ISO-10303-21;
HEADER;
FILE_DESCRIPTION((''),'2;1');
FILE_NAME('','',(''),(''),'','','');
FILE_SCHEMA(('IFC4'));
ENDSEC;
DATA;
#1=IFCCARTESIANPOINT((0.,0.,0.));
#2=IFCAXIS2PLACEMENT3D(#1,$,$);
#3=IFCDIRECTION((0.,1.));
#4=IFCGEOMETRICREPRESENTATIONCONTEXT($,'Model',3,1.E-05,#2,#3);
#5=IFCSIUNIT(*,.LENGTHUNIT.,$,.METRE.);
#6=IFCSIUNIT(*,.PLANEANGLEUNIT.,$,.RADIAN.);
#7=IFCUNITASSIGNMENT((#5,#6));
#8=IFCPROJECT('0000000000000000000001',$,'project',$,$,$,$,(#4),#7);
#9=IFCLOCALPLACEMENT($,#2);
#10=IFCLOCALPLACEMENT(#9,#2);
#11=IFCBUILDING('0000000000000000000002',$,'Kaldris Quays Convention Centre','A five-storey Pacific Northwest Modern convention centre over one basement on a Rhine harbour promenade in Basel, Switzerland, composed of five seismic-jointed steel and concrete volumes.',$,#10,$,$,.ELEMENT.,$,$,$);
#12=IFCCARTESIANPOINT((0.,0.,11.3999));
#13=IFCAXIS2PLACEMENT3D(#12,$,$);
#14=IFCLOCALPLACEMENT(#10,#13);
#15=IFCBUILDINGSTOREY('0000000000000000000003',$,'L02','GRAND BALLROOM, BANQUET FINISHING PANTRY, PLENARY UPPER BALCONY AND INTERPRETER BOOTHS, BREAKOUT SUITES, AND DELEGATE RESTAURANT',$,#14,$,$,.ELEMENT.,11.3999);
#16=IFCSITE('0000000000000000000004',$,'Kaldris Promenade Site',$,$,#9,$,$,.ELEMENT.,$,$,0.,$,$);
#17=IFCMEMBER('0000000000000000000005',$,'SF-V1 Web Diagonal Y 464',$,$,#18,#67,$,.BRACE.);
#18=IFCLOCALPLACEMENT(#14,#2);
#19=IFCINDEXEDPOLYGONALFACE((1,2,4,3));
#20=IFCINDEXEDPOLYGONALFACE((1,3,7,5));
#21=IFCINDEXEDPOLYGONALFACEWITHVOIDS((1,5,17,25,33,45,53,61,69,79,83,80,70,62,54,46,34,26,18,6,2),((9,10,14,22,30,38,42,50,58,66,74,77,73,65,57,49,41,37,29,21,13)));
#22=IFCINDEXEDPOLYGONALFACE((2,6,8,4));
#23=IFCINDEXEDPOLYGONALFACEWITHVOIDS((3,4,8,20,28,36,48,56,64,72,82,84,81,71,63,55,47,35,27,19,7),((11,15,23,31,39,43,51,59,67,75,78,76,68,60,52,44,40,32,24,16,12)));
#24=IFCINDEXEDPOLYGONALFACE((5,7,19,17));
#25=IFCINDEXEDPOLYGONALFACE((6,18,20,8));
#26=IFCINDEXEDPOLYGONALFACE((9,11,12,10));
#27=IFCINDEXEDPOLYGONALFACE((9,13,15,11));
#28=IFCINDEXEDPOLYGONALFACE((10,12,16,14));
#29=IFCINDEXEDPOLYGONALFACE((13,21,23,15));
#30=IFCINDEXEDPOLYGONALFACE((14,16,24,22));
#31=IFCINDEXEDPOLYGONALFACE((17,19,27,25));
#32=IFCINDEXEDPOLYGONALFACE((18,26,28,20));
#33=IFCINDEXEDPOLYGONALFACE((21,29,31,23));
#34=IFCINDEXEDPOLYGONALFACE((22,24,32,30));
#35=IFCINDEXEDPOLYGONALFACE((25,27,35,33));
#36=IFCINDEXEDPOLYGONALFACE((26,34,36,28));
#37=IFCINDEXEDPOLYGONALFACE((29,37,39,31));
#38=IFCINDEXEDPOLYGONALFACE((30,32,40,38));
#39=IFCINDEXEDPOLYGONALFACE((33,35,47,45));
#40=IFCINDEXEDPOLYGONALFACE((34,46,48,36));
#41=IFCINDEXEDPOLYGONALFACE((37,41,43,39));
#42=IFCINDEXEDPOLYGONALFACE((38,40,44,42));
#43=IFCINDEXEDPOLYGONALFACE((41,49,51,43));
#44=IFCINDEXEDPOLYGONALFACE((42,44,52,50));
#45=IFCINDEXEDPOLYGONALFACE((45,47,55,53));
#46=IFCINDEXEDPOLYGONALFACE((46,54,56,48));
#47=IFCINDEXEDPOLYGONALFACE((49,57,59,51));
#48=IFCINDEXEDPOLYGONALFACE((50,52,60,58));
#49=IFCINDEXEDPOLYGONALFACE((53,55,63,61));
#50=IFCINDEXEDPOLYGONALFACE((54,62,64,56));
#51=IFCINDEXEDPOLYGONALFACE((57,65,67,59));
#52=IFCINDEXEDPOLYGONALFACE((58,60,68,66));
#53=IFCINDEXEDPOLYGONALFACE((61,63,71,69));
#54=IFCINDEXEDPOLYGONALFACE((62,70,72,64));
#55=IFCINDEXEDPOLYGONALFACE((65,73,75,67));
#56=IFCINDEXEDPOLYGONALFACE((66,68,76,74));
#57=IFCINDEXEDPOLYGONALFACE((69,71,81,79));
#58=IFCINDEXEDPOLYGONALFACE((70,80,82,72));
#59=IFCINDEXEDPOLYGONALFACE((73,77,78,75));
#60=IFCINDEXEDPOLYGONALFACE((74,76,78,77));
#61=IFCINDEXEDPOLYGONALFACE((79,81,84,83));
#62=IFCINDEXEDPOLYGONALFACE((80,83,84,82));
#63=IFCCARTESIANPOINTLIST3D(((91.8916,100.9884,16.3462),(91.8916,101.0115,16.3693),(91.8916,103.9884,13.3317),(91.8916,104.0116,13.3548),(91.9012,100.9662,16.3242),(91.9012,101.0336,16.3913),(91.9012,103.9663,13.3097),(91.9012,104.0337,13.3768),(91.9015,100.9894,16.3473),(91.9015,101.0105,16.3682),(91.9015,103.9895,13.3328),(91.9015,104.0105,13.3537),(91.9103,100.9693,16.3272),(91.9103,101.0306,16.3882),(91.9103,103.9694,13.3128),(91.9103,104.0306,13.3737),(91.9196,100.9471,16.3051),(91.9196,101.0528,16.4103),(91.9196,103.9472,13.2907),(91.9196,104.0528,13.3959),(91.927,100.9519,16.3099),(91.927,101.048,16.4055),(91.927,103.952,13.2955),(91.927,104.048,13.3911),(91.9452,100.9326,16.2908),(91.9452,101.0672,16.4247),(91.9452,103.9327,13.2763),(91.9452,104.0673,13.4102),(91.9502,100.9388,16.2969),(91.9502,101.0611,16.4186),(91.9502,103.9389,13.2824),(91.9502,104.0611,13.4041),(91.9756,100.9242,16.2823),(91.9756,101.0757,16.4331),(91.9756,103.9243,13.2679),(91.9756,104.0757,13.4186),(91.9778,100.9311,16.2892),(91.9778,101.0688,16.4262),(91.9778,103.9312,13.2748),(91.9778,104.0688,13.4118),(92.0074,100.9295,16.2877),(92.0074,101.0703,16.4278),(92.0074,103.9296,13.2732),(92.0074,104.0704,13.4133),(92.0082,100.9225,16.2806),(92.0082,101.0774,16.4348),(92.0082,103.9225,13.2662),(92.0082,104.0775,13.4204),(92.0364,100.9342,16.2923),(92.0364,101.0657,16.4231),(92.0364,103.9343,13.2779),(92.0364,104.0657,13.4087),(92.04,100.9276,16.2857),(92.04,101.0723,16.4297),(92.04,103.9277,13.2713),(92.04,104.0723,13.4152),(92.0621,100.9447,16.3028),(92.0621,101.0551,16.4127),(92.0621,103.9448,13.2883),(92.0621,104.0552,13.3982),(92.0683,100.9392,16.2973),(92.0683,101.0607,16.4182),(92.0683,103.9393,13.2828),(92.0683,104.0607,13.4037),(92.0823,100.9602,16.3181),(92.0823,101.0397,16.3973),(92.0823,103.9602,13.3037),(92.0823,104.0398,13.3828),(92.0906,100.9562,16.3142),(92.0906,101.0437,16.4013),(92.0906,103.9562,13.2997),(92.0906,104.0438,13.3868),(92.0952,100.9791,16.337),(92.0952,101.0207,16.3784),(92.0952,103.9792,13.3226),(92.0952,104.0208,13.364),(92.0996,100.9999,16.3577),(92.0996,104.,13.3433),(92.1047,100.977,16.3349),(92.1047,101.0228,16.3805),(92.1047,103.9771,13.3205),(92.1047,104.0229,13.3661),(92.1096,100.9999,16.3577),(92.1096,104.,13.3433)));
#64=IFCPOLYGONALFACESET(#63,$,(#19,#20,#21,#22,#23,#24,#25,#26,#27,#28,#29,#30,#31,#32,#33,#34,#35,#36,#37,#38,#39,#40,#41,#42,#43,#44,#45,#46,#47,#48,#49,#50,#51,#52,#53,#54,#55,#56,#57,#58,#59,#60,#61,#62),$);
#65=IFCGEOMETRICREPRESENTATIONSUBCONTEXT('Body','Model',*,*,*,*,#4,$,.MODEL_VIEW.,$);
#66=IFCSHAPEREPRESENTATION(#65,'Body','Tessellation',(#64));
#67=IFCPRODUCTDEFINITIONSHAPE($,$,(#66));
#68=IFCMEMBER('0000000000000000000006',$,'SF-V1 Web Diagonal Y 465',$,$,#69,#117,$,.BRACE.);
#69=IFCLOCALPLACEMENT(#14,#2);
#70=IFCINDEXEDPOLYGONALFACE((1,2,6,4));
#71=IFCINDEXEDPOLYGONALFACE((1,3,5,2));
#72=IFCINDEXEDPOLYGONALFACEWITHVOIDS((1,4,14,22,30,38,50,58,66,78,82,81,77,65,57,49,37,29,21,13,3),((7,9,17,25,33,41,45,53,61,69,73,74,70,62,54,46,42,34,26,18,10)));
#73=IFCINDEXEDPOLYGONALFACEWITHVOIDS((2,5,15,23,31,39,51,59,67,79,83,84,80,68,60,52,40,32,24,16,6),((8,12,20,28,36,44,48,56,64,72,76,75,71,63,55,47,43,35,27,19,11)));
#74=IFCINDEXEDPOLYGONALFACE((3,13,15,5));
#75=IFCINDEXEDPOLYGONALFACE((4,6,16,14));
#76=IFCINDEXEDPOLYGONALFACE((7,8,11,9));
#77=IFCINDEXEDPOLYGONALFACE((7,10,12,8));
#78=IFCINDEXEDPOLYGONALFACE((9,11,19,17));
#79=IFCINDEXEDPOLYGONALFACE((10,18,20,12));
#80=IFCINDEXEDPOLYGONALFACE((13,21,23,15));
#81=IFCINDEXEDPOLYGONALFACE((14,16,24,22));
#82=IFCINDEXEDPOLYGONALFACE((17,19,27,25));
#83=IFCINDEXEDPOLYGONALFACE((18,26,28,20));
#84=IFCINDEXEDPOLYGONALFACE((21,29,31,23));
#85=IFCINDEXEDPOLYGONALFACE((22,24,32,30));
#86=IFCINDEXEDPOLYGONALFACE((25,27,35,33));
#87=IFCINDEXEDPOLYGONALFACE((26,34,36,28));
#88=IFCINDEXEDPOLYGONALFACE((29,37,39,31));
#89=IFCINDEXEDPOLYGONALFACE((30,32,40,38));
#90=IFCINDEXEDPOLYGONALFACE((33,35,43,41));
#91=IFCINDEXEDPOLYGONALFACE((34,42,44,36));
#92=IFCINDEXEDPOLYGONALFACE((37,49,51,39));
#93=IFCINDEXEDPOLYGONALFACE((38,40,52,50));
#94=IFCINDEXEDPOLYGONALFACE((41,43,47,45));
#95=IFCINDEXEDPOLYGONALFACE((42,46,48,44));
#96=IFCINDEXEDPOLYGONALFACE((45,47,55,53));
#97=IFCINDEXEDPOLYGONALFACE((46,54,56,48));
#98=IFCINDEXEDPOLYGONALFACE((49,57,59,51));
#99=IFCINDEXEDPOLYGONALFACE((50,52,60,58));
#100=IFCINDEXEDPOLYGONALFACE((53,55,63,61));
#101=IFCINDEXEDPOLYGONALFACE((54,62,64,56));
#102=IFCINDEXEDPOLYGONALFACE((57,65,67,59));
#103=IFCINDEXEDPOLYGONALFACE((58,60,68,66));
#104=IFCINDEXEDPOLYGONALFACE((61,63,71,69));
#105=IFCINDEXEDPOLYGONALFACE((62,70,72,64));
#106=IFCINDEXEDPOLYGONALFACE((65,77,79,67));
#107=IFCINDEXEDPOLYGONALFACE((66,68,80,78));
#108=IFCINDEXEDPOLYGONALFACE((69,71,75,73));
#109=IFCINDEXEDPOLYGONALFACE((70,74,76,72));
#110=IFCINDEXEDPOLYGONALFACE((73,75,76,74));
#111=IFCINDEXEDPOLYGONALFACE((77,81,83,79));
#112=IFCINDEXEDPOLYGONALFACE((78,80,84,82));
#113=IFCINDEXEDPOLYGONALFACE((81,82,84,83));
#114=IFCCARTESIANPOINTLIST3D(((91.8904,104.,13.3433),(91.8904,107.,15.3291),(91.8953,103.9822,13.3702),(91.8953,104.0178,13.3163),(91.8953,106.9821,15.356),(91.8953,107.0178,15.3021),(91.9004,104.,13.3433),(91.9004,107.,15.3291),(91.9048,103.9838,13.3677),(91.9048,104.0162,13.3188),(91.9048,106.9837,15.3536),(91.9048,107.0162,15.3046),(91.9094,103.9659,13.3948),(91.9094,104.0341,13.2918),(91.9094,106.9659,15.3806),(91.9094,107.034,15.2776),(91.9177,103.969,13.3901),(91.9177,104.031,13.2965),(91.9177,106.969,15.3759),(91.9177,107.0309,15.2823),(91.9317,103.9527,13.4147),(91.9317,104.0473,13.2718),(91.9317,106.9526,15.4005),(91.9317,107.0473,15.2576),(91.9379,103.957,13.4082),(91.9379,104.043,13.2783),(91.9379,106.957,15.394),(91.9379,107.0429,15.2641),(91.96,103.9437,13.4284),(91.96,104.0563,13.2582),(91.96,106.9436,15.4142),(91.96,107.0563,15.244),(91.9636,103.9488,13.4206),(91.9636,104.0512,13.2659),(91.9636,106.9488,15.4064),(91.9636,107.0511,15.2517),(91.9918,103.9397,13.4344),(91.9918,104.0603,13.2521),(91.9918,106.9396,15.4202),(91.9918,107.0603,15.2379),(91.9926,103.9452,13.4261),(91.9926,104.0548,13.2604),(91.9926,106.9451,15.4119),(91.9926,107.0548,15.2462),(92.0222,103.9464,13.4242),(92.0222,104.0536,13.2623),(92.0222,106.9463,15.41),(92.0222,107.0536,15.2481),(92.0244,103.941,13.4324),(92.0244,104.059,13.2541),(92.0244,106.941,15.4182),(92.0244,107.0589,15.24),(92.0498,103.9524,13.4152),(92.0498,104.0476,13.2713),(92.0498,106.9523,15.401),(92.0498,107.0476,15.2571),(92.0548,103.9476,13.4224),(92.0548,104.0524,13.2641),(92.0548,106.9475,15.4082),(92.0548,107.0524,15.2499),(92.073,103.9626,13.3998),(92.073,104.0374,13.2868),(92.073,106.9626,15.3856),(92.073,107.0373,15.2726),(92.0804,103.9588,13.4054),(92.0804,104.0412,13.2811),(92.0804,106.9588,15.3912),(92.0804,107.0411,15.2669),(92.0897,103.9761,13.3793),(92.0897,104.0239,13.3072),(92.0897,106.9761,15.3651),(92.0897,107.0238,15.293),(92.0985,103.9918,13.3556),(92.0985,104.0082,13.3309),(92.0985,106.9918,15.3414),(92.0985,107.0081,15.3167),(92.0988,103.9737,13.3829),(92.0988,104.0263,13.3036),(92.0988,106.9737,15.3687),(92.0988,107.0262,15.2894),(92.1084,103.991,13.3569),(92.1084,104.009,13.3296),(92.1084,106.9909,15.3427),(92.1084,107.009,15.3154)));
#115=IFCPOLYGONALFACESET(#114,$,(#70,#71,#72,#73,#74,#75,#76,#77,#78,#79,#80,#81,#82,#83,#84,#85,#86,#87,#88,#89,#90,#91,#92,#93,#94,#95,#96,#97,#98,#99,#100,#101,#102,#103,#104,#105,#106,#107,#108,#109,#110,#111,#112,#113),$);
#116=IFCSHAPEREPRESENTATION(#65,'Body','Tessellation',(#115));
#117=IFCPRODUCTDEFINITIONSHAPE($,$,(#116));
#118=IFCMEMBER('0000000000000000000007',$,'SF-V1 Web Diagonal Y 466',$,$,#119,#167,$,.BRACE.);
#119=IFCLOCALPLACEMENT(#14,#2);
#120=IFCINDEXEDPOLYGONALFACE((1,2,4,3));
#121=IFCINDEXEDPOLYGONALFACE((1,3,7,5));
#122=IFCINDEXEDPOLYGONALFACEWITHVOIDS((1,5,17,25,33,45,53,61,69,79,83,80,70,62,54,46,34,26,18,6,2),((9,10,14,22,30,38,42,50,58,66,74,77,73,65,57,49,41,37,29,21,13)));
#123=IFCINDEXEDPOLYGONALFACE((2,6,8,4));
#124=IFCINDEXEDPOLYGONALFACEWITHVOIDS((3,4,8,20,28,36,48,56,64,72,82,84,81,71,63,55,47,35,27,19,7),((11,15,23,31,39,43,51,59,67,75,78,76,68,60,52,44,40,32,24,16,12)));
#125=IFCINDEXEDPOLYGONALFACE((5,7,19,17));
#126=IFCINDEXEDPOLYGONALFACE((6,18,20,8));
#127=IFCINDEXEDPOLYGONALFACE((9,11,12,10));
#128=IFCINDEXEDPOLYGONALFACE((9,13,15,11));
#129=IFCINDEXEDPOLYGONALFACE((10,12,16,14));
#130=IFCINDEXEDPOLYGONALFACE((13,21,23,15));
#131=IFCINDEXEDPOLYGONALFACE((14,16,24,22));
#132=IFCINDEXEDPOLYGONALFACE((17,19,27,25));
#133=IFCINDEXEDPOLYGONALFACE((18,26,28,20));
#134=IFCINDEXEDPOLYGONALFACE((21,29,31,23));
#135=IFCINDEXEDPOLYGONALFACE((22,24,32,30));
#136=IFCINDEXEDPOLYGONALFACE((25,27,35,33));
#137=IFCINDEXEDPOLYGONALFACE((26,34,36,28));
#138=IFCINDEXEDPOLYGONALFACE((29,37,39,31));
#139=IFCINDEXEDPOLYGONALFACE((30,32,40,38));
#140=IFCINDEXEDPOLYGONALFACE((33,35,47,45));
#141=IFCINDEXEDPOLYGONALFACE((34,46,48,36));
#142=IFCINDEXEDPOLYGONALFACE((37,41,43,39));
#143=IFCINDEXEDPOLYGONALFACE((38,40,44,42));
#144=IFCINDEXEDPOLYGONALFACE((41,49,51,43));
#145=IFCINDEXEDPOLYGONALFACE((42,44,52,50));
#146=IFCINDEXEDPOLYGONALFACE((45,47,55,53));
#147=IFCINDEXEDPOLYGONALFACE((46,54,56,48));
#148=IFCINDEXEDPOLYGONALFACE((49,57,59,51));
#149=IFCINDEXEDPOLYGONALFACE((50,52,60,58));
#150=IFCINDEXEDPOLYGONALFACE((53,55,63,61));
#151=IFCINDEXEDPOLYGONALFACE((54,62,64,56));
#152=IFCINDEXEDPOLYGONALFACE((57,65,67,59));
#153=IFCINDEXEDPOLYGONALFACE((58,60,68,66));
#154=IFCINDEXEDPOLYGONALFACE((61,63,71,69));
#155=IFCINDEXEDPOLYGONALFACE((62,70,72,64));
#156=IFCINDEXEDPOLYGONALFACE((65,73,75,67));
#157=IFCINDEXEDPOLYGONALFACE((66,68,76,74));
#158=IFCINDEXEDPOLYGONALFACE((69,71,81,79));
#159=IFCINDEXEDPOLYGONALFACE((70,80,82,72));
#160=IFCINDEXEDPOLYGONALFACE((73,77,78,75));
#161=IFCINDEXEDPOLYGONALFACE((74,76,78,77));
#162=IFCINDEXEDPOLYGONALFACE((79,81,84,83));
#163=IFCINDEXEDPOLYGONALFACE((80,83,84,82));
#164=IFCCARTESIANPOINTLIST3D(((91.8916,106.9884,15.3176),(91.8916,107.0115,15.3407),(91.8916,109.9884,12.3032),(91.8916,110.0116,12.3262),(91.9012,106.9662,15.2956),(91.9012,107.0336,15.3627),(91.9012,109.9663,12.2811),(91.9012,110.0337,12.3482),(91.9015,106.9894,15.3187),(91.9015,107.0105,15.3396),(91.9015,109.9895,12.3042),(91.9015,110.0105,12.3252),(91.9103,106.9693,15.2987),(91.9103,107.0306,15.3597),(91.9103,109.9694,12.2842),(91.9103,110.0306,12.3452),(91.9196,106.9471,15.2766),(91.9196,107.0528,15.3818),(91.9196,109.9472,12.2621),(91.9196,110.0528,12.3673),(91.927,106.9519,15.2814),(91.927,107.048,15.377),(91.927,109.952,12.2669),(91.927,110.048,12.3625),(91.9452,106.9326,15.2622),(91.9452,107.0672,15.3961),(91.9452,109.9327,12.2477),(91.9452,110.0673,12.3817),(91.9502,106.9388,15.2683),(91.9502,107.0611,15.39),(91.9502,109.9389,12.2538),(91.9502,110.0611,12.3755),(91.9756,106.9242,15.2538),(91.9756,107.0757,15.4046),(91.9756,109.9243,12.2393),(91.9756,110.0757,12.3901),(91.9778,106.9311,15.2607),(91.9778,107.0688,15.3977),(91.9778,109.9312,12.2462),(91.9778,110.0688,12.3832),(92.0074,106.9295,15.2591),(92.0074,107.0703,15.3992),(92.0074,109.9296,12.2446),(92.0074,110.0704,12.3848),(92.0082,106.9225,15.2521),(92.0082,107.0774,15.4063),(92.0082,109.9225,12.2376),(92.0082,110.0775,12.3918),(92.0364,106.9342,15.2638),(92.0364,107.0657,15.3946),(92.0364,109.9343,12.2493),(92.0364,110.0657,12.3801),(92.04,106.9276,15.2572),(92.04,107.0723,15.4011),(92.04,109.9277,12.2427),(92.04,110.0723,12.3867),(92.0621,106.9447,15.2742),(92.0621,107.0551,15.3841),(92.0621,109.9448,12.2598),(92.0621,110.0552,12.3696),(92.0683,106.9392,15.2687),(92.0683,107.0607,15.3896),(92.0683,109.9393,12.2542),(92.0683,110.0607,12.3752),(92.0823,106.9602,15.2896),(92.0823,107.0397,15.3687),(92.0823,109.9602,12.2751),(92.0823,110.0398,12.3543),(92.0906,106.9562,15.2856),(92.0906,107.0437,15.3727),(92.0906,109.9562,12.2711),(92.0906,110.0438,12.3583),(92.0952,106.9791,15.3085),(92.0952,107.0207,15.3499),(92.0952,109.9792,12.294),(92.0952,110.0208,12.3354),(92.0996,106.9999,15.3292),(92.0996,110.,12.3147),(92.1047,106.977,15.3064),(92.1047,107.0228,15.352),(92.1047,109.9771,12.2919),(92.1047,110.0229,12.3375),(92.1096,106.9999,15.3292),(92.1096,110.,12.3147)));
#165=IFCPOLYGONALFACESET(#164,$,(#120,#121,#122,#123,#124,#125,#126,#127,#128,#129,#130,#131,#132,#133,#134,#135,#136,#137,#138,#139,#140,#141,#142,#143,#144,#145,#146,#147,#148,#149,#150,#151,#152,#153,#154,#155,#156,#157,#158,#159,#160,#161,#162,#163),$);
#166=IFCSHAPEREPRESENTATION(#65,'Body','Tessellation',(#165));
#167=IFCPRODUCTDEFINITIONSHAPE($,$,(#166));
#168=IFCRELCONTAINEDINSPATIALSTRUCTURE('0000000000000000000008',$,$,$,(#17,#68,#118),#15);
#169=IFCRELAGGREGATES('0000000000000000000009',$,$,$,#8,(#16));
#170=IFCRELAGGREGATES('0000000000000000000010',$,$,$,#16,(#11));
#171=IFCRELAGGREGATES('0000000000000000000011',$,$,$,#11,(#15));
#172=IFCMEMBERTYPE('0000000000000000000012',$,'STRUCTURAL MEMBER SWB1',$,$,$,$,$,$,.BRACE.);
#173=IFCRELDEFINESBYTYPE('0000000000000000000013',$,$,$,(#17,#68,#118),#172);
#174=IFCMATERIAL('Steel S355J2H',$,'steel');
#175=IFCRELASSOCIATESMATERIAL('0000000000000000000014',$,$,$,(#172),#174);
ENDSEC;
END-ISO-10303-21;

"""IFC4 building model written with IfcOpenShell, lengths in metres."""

from ifc_helpers import new_model, si_unit, direction, frame, origin, origin_2d, place, context, subcontext, project, spatial, hollow_circle, extrude, material, material_profile, profile_set, type_object, element, save


model = new_model("IFC4")

# Units and contexts
model_context = context("Model", 3, precision=1e-05, world=origin(), true_north=direction((0.0, 1.0)))
body_context = subcontext(model_context, "Body", "Model", "MODEL_VIEW")
ifc_project = project(units=[si_unit("LENGTHUNIT", "METRE"), si_unit("PLANEANGLEUNIT", "RADIAN")], contexts=[model_context])

# Site, building, storey
site_placement = place(None, origin())
site = spatial("IfcSite", under=ifc_project, at=site_placement, Name="Kaldris Promenade Site", CompositionType="ELEMENT", RefElevation=0.0)
building_placement = place(site_placement, origin())
building = spatial("IfcBuilding", under=site, at=building_placement, Name="Kaldris Quays Convention Centre", Description="A five-storey Pacific Northwest Modern convention centre over one basement on a Rhine harbour promenade in Basel, Switzerland, composed of five seismic-jointed steel and concrete volumes.", CompositionType="ELEMENT")
storey_placement = place(building_placement, frame((0.0, 0.0, 11.3999)))
storey = spatial("IfcBuildingStorey", under=building, at=storey_placement, Name="L02", Description="GRAND BALLROOM, BANQUET FINISHING PANTRY, PLENARY UPPER BALCONY AND INTERPRETER BOOTHS, BREAKOUT SUITES, AND DELEGATE RESTAURANT", CompositionType="ELEMENT", Elevation=11.3999)

# Members
ifc_material = material(Name="Steel S355J2H", Category="steel")
ifc_material_profile_1 = material_profile(ifc_material, hollow_circle(Radius=0.1096, WallThickness=0.01, at=origin_2d()), Name="CHS 219.1x10")
ifc_profile_set_1 = profile_set([ifc_material_profile_1], Name="Steel S355J2H")
member_type_1 = type_object("IfcMemberType", Name="STRUCTURAL MEMBER SWB1", PredefinedType="BRACE", material=ifc_profile_set_1)
member_1_placement = place(storey_placement, frame((92.0, 104.0, 13.3433), z_axis=(0.0, -0.705411, 0.708798), x_axis=(1.0, 0.0, 0.0)))
element("IfcMember", 1, at=member_1_placement, inside=storey, type_object=member_type_1, Name="SF-V1 Web Diagonal Y 464", PredefinedType="BRACE", context=body_context, shape_type="SweptSolid", body=[
    extrude(hollow_circle(Radius=0.1096, WallThickness=0.01, at=origin_2d()), origin(), (0.0, 0.0, 1.0), 4.2529),
])
member_2_placement = place(storey_placement, frame((92.0, 104.0, 13.3433), z_axis=(0.0, 0.833862, 0.551972), x_axis=(-1.0, 0.0, 0.0)))
element("IfcMember", 2, at=member_2_placement, inside=storey, type_object=member_type_1, Name="SF-V1 Web Diagonal Y 465", PredefinedType="BRACE", context=body_context, shape_type="SweptSolid", body=[
    extrude(hollow_circle(Radius=0.1096, WallThickness=0.01, at=origin_2d()), origin(), (0.0, 0.0, 1.0), 3.5977),
])
member_3_placement = place(storey_placement, frame((92.0, 110.0, 12.3147), z_axis=(0.0, -0.705411, 0.708798), x_axis=(1.0, 0.0, 0.0)))
element("IfcMember", 3, at=member_3_placement, inside=storey, type_object=member_type_1, Name="SF-V1 Web Diagonal Y 466", PredefinedType="BRACE", context=body_context, shape_type="SweptSolid", body=[
    extrude(hollow_circle(Radius=0.1096, WallThickness=0.01, at=origin_2d()), origin(), (0.0, 0.0, 1.0), 4.2529),
])

save(model, "model.ifc")
